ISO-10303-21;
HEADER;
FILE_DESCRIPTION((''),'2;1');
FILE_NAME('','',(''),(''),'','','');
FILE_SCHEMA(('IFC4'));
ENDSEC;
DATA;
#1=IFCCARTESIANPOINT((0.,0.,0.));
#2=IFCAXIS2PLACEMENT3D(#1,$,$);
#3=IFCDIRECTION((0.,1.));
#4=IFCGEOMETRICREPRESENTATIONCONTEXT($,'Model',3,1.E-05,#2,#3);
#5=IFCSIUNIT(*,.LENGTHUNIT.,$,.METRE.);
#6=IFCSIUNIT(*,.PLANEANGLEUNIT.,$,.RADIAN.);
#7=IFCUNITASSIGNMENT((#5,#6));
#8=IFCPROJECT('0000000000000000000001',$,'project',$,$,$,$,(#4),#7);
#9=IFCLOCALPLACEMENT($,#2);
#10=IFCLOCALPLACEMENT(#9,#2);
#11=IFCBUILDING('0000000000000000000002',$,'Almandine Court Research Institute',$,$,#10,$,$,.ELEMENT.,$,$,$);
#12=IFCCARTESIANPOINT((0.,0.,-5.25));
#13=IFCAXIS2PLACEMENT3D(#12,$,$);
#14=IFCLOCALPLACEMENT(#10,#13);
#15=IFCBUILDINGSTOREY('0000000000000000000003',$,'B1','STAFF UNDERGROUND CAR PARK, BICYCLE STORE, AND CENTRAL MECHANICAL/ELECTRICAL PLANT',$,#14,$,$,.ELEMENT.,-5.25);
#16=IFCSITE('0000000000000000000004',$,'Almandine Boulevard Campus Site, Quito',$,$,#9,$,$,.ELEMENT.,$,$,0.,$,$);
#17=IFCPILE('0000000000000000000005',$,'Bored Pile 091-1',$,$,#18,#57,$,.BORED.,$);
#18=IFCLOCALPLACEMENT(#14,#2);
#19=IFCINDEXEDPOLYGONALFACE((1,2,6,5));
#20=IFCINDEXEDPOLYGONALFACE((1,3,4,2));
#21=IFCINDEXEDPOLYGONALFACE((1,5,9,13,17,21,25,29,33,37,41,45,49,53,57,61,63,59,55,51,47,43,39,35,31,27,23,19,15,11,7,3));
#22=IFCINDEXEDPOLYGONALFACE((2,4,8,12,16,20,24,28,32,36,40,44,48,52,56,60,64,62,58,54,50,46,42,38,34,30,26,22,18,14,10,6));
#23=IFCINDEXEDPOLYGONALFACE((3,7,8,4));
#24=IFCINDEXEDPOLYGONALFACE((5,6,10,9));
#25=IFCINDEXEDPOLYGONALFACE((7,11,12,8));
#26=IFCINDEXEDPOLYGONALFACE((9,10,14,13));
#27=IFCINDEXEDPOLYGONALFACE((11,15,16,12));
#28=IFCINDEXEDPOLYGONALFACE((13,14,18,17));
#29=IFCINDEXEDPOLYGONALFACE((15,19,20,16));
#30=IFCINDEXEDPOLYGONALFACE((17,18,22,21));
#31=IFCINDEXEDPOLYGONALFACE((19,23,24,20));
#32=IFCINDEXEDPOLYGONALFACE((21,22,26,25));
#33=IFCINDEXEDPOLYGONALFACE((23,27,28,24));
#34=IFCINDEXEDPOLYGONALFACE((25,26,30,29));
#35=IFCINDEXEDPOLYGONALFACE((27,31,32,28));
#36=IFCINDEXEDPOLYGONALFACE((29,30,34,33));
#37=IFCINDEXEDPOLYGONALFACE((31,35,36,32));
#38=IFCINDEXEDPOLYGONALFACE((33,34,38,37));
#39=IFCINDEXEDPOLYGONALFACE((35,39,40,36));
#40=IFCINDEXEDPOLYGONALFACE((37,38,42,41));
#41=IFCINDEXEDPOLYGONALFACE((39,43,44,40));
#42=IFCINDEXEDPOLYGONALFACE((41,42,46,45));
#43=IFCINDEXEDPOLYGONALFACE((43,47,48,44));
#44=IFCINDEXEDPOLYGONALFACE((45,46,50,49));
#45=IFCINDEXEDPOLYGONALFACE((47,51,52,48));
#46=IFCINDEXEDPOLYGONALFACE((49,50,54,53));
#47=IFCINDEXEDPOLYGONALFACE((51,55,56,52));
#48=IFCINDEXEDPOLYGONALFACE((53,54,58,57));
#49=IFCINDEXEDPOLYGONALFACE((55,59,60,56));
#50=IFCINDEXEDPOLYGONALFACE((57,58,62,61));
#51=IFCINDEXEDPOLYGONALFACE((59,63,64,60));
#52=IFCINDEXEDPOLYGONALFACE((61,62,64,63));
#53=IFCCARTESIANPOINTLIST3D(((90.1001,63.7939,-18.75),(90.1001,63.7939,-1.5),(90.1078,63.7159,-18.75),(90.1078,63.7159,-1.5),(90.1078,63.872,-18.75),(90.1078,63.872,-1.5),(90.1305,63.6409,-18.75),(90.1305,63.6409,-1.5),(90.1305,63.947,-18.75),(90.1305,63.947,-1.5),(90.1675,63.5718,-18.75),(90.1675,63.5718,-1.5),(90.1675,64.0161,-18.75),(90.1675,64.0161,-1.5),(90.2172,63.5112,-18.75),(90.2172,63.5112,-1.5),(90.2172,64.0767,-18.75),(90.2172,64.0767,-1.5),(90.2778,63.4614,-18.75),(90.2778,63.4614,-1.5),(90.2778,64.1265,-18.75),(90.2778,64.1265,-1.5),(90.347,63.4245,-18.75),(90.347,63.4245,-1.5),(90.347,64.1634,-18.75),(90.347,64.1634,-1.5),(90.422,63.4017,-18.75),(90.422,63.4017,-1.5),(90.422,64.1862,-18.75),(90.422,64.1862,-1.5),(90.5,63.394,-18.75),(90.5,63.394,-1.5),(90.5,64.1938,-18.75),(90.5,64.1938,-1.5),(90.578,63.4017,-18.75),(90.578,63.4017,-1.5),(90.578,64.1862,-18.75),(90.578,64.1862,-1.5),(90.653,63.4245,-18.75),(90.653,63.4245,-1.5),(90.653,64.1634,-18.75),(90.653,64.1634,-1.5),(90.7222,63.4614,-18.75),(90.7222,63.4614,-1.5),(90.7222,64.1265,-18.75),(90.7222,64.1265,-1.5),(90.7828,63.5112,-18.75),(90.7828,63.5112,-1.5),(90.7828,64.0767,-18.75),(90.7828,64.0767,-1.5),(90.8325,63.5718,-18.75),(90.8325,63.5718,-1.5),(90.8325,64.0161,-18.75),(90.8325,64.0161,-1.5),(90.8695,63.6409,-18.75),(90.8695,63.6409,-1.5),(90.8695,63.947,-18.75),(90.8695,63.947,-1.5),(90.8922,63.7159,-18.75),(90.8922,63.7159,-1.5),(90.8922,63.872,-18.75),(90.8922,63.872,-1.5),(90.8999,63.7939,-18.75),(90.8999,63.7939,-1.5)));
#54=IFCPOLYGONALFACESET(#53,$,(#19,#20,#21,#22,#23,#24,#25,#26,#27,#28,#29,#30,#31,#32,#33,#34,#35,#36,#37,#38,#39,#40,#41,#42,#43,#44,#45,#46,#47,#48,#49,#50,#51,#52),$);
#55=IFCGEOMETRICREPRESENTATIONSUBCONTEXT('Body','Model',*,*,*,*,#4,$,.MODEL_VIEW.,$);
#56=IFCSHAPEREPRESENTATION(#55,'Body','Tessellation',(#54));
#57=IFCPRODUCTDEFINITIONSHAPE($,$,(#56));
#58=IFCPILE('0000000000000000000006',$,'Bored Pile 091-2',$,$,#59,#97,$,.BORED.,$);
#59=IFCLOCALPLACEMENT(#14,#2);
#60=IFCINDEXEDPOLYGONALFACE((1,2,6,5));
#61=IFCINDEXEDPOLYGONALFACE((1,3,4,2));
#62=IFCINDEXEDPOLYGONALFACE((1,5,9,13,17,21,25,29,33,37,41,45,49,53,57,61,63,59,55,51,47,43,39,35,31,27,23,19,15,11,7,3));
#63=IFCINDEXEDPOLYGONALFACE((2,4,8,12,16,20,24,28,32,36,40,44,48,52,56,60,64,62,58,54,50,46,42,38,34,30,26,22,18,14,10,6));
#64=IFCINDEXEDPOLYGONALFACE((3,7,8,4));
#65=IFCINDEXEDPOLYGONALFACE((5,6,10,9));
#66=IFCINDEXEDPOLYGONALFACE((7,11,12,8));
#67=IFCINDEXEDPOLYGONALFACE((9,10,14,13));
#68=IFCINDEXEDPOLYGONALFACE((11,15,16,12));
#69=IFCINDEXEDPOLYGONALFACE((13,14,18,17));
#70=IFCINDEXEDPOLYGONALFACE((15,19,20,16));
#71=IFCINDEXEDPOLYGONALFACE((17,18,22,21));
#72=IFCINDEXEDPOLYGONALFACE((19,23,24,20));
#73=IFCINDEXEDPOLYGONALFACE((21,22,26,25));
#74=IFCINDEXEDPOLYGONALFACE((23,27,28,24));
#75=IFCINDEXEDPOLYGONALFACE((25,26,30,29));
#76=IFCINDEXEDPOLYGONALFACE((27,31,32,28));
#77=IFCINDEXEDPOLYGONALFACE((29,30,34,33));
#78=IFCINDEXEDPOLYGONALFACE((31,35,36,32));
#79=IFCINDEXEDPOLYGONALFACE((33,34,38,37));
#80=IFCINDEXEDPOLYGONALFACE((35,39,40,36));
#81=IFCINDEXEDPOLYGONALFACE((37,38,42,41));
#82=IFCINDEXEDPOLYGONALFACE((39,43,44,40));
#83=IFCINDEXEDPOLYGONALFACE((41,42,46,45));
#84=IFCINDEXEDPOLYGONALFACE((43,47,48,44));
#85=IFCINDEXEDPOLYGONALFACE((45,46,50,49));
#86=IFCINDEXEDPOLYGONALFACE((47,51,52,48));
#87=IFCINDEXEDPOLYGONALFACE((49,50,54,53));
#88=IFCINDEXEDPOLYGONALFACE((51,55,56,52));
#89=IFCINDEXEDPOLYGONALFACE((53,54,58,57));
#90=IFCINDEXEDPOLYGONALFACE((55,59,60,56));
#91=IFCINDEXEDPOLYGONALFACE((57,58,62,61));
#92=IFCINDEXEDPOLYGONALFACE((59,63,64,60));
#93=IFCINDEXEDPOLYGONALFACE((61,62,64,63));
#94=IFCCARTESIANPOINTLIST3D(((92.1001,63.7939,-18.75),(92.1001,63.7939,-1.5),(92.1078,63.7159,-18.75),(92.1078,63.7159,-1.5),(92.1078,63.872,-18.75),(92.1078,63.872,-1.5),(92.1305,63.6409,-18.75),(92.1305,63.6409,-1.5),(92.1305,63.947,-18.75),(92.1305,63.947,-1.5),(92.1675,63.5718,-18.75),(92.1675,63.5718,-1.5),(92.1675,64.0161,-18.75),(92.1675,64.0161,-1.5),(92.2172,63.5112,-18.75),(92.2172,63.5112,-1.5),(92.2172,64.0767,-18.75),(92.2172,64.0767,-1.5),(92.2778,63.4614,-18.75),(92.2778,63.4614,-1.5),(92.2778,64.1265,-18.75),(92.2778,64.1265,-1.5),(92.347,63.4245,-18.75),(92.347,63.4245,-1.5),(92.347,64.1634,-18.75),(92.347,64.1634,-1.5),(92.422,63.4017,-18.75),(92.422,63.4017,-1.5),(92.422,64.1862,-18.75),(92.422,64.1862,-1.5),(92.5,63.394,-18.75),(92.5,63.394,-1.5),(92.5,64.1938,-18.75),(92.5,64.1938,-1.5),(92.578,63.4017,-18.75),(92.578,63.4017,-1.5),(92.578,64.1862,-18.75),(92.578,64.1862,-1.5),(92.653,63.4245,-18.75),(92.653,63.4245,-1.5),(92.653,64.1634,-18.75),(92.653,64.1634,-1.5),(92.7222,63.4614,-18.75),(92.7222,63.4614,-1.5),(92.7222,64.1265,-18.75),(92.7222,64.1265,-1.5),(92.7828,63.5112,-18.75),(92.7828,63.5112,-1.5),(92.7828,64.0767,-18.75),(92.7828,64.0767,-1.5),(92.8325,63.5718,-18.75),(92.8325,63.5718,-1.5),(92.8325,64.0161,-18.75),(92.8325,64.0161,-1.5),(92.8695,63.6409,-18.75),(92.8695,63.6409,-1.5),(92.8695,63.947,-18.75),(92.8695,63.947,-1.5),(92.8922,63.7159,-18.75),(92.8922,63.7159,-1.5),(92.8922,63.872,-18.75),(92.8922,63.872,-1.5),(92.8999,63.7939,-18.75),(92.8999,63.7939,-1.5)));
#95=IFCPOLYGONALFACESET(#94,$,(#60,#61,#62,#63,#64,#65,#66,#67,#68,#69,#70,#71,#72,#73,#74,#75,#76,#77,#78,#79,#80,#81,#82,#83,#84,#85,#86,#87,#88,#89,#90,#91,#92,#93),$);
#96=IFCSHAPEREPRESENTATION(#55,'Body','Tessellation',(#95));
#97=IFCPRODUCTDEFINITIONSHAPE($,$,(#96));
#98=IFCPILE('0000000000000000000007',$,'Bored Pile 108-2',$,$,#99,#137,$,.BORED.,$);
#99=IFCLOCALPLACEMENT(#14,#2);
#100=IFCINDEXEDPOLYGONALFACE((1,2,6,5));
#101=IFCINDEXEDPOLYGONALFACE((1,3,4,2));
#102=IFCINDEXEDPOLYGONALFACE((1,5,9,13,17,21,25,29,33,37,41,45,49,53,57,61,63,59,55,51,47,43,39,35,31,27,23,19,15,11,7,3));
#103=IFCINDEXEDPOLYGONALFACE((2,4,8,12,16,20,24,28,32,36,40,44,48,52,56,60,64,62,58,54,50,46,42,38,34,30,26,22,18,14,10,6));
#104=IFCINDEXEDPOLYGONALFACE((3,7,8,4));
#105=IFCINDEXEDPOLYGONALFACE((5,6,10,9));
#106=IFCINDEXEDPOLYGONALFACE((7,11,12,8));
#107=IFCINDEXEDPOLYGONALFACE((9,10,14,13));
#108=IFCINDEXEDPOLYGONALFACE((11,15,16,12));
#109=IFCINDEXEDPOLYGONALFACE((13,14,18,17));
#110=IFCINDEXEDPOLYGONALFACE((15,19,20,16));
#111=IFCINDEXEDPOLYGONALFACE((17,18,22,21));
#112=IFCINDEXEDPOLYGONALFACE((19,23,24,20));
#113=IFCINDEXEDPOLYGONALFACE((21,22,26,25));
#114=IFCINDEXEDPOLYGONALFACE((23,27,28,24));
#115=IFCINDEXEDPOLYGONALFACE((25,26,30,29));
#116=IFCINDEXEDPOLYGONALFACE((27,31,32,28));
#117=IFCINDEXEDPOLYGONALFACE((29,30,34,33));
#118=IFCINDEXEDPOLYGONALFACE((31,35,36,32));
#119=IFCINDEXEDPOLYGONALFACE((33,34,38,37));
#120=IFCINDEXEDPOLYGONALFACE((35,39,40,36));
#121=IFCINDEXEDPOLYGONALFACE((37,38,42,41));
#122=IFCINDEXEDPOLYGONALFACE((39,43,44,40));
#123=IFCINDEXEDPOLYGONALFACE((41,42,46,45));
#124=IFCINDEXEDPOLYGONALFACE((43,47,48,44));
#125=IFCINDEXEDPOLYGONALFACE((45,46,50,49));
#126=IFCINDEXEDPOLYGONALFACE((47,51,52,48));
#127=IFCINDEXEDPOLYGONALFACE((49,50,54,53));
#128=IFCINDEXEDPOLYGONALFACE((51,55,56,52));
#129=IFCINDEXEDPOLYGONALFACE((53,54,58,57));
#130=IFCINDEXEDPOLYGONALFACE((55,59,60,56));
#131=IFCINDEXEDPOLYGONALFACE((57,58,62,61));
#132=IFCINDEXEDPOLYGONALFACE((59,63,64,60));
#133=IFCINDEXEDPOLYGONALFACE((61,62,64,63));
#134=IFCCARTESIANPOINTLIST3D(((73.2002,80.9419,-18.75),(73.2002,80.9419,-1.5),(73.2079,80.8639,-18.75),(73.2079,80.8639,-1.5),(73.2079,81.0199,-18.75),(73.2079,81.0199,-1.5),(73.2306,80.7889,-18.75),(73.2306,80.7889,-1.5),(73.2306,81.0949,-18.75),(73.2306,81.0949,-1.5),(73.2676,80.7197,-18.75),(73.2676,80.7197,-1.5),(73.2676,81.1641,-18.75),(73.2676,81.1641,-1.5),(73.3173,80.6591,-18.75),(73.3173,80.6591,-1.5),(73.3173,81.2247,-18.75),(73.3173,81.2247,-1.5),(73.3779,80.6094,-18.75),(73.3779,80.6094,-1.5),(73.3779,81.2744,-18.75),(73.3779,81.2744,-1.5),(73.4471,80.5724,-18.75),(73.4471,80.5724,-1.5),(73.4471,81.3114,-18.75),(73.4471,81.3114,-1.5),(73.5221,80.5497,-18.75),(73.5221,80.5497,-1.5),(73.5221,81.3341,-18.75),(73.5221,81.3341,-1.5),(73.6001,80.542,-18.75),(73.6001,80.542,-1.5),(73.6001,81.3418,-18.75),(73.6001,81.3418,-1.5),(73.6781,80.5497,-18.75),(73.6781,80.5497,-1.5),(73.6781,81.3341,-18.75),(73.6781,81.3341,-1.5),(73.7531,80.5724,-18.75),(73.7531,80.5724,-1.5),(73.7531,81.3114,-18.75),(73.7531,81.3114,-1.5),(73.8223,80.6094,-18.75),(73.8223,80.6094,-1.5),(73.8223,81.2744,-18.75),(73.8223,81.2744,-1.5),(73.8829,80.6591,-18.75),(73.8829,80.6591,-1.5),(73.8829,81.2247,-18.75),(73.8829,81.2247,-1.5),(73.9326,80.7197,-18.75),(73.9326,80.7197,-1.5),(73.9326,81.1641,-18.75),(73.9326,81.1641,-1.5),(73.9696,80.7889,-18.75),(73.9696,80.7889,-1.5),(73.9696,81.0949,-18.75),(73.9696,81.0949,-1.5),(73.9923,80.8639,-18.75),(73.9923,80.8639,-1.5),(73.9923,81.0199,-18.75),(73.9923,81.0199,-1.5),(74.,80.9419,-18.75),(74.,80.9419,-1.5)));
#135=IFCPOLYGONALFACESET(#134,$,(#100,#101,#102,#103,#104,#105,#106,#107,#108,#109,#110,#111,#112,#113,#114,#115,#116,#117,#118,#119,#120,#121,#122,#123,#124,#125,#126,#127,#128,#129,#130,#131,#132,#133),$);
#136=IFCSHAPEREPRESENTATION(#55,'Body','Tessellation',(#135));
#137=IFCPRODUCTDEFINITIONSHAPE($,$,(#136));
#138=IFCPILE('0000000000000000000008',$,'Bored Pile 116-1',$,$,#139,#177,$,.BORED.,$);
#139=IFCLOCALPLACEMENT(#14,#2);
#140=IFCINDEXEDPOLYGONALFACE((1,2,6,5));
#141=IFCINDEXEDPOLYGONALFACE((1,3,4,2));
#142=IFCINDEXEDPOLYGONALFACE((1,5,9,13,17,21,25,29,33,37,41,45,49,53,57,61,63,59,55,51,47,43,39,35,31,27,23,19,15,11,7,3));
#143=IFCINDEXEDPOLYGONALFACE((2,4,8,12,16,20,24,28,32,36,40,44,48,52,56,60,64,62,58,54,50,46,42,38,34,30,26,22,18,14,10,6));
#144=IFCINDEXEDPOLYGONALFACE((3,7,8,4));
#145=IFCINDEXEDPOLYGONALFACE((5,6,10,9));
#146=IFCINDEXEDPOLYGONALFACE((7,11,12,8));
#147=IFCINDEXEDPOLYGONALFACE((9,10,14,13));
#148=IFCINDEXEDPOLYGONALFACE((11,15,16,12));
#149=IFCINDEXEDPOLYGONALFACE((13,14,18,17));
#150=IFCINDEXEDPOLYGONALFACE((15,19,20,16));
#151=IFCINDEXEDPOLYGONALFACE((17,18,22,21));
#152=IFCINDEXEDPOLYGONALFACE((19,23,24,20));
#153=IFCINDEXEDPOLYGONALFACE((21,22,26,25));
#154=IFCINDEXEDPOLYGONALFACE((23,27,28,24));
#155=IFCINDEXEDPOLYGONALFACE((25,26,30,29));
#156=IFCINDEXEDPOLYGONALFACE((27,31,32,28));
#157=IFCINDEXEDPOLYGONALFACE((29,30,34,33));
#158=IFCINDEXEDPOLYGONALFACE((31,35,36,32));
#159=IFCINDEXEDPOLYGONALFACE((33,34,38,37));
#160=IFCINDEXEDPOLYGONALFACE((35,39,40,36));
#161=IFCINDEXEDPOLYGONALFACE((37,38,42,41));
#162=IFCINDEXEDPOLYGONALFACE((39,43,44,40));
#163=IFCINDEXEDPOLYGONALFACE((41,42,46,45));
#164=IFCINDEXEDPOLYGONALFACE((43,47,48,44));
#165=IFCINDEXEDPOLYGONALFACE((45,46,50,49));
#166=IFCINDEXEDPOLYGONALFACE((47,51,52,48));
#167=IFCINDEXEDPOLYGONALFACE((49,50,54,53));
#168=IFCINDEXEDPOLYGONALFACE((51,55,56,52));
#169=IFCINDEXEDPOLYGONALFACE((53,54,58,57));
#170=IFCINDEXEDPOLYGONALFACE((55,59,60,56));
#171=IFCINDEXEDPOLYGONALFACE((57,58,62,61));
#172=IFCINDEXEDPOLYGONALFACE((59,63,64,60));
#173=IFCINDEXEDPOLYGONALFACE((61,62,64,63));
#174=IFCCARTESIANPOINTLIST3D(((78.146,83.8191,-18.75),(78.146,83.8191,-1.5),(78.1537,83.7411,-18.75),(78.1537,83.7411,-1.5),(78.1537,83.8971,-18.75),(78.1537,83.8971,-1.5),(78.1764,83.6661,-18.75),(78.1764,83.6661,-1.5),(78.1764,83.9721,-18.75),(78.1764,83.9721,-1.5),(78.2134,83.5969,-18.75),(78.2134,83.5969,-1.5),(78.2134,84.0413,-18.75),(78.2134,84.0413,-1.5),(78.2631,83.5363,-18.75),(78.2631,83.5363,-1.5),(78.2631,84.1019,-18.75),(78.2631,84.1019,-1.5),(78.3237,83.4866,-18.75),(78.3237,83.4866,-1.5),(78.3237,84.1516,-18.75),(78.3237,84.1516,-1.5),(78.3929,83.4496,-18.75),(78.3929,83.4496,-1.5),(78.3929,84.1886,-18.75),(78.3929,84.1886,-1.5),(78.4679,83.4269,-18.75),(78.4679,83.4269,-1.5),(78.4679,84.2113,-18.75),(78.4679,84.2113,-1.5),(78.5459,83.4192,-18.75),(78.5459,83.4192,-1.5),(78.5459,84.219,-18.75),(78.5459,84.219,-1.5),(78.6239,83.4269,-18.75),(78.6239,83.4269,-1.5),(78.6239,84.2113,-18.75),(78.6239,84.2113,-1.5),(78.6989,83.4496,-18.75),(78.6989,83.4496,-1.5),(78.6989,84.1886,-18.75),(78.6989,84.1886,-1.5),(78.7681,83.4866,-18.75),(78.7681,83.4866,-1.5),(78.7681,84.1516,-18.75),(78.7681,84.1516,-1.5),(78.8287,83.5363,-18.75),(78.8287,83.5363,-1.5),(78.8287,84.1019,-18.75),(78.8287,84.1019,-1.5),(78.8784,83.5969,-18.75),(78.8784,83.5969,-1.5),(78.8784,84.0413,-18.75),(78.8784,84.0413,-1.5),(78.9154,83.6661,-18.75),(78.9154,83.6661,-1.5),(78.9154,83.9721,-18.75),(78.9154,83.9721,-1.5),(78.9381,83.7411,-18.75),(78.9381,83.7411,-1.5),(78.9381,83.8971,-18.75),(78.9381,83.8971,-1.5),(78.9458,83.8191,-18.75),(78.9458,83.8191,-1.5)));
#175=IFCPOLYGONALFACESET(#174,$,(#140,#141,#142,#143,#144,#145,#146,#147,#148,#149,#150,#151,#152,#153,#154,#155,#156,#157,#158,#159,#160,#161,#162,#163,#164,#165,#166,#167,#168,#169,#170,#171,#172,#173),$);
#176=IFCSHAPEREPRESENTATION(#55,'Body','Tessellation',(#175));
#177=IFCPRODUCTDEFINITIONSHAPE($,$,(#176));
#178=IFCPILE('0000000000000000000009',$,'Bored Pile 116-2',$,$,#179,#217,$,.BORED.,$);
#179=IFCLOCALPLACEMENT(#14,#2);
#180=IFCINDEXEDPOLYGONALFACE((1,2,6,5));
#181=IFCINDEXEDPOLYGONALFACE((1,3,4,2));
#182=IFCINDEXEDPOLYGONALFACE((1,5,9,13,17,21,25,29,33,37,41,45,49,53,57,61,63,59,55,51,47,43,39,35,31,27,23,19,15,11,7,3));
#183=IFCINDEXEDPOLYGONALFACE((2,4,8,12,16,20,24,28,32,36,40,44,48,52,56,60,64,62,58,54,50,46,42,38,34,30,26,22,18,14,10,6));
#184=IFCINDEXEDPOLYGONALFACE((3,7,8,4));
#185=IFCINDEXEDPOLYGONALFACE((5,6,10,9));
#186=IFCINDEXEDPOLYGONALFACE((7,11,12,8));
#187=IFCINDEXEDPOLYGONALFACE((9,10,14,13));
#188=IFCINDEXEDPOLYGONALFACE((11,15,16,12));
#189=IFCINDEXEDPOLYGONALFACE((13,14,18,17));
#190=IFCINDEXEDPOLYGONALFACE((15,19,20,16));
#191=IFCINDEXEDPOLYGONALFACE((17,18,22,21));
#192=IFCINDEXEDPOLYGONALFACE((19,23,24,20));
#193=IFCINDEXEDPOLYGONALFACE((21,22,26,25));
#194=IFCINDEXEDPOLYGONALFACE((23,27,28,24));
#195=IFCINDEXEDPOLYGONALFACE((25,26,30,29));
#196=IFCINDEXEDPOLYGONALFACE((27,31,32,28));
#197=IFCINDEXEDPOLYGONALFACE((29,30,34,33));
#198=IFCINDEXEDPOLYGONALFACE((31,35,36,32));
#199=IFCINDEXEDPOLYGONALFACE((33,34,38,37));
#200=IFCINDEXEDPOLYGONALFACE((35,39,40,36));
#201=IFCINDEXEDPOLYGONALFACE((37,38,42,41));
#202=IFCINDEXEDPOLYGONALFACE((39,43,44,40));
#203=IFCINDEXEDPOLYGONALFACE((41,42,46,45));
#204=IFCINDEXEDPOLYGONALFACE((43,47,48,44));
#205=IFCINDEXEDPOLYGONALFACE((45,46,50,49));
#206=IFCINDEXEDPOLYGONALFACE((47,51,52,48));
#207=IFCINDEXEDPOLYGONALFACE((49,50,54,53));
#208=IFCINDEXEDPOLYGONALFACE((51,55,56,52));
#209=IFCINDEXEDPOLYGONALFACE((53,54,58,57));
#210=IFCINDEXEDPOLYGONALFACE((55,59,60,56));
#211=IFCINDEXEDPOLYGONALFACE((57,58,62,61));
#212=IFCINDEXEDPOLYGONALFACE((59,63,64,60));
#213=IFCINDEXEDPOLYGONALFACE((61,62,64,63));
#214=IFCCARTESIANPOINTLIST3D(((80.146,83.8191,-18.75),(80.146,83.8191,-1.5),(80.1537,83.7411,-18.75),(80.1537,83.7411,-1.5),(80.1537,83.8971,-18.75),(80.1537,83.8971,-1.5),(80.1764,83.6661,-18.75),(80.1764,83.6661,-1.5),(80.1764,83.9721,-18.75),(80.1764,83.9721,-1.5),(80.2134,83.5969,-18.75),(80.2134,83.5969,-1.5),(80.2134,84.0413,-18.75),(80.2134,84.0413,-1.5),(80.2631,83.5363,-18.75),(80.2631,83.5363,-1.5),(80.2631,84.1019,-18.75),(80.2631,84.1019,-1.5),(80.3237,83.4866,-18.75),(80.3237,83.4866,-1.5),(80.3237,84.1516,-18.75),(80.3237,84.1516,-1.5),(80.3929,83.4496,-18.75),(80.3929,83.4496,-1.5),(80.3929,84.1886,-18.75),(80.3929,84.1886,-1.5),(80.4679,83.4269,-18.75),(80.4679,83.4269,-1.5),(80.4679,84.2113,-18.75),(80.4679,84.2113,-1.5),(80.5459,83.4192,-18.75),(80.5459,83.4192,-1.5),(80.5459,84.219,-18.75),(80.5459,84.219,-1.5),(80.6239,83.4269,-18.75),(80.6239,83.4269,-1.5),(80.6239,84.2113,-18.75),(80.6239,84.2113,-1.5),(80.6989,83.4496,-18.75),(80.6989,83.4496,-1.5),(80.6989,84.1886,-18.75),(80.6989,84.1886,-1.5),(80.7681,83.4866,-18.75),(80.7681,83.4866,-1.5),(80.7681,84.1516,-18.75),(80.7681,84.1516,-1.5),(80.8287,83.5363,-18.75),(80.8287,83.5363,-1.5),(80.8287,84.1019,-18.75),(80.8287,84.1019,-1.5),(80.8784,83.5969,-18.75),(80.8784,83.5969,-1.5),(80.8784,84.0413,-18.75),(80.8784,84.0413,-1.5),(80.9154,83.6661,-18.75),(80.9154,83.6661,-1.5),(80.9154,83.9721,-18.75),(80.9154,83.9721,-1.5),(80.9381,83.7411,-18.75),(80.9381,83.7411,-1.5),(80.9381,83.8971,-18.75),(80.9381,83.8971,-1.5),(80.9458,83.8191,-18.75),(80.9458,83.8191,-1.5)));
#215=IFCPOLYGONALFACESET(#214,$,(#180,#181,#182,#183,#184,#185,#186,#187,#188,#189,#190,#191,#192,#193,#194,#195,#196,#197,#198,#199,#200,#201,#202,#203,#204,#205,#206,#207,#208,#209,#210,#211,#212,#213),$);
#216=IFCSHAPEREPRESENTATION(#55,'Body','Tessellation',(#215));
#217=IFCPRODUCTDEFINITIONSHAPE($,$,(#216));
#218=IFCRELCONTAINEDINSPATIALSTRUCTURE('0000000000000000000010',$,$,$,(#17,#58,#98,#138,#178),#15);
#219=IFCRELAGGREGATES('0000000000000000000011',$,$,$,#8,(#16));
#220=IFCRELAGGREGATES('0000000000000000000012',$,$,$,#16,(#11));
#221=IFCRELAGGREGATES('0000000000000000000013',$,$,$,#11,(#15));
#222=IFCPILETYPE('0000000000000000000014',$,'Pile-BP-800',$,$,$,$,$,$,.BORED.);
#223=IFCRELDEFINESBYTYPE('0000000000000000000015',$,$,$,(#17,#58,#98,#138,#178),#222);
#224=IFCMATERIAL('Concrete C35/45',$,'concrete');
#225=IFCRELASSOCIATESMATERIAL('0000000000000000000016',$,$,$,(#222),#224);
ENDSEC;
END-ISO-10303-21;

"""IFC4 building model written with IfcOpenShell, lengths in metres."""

from ifc_helpers import new_model, si_unit, direction, frame, origin, origin_2d, place, context, subcontext, project, spatial, circle, extrude, material, material_profile, profile_set, type_object, element, save


model = new_model("IFC4")

# Units and contexts
model_context = context("Model", 3, precision=1e-05, world=origin(), true_north=direction((0.0, 1.0)))
body_context = subcontext(model_context, "Body", "Model", "MODEL_VIEW")
ifc_project = project(units=[si_unit("LENGTHUNIT", "METRE"), si_unit("PLANEANGLEUNIT", "RADIAN")], contexts=[model_context])

# Site, building, storey
site_placement = place(None, origin())
site = spatial("IfcSite", under=ifc_project, at=site_placement, Name="Almandine Boulevard Campus Site, Quito", CompositionType="ELEMENT", RefElevation=0.0)
building_placement = place(site_placement, origin())
building = spatial("IfcBuilding", under=site, at=building_placement, Name="Almandine Court Research Institute", CompositionType="ELEMENT")
storey_placement = place(building_placement, frame((0.0, 0.0, -5.25)))
storey = spatial("IfcBuildingStorey", under=building, at=storey_placement, Name="B1", Description="STAFF UNDERGROUND CAR PARK, BICYCLE STORE, AND CENTRAL MECHANICAL/ELECTRICAL PLANT", CompositionType="ELEMENT", Elevation=-5.25)

# Shared definitions
ifc_material_1 = material(Name="Concrete C35/45", Category="concrete")

# Piles
ifc_material_profile_1 = material_profile(ifc_material_1, circle(Radius=0.3999, at=origin_2d()), Name="BORED PILE D800")
ifc_profile_set_1 = profile_set([ifc_material_profile_1], Name="Concrete C35/45")
pile_type = type_object("IfcPileType", Name="Pile-BP-800", PredefinedType="BORED", material=ifc_profile_set_1)
for number, where, z_axis, x_axis, name in (
    (1, (90.5, 63.7939, -1.5), (0.0, 0.0, -1.0), (1.0, 0.0, 0.0), "Bored Pile 091-1"),
    (2, (92.5, 63.7939, -1.5), (0.0, 0.0, -1.0), (1.0, 0.0, 0.0), "Bored Pile 091-2"),
    (3, (73.6001, 80.9419, -1.5), (0.0, 0.0, -1.0), (1.0, 0.0, 0.0), "Bored Pile 108-2"),
    (4, (78.5459, 83.8191, -1.5), (0.0, 0.0, -1.0), (1.0, 0.0, 0.0), "Bored Pile 116-1"),
    (5, (80.5459, 83.8191, -1.5), (0.0, 0.0, -1.0), (1.0, 0.0, 0.0), "Bored Pile 116-2"),
):
    element("IfcPile", number, at=place(storey_placement, frame(where, z_axis=z_axis, x_axis=x_axis)), inside=storey, type_object=pile_type, Name=name, PredefinedType="BORED", context=body_context, shape_type="SweptSolid", body=[
        extrude(circle(Radius=0.3999, at=origin_2d()), origin(), (0.0, 0.0, 1.0), 17.25),
    ])

save(model, "model.ifc")
